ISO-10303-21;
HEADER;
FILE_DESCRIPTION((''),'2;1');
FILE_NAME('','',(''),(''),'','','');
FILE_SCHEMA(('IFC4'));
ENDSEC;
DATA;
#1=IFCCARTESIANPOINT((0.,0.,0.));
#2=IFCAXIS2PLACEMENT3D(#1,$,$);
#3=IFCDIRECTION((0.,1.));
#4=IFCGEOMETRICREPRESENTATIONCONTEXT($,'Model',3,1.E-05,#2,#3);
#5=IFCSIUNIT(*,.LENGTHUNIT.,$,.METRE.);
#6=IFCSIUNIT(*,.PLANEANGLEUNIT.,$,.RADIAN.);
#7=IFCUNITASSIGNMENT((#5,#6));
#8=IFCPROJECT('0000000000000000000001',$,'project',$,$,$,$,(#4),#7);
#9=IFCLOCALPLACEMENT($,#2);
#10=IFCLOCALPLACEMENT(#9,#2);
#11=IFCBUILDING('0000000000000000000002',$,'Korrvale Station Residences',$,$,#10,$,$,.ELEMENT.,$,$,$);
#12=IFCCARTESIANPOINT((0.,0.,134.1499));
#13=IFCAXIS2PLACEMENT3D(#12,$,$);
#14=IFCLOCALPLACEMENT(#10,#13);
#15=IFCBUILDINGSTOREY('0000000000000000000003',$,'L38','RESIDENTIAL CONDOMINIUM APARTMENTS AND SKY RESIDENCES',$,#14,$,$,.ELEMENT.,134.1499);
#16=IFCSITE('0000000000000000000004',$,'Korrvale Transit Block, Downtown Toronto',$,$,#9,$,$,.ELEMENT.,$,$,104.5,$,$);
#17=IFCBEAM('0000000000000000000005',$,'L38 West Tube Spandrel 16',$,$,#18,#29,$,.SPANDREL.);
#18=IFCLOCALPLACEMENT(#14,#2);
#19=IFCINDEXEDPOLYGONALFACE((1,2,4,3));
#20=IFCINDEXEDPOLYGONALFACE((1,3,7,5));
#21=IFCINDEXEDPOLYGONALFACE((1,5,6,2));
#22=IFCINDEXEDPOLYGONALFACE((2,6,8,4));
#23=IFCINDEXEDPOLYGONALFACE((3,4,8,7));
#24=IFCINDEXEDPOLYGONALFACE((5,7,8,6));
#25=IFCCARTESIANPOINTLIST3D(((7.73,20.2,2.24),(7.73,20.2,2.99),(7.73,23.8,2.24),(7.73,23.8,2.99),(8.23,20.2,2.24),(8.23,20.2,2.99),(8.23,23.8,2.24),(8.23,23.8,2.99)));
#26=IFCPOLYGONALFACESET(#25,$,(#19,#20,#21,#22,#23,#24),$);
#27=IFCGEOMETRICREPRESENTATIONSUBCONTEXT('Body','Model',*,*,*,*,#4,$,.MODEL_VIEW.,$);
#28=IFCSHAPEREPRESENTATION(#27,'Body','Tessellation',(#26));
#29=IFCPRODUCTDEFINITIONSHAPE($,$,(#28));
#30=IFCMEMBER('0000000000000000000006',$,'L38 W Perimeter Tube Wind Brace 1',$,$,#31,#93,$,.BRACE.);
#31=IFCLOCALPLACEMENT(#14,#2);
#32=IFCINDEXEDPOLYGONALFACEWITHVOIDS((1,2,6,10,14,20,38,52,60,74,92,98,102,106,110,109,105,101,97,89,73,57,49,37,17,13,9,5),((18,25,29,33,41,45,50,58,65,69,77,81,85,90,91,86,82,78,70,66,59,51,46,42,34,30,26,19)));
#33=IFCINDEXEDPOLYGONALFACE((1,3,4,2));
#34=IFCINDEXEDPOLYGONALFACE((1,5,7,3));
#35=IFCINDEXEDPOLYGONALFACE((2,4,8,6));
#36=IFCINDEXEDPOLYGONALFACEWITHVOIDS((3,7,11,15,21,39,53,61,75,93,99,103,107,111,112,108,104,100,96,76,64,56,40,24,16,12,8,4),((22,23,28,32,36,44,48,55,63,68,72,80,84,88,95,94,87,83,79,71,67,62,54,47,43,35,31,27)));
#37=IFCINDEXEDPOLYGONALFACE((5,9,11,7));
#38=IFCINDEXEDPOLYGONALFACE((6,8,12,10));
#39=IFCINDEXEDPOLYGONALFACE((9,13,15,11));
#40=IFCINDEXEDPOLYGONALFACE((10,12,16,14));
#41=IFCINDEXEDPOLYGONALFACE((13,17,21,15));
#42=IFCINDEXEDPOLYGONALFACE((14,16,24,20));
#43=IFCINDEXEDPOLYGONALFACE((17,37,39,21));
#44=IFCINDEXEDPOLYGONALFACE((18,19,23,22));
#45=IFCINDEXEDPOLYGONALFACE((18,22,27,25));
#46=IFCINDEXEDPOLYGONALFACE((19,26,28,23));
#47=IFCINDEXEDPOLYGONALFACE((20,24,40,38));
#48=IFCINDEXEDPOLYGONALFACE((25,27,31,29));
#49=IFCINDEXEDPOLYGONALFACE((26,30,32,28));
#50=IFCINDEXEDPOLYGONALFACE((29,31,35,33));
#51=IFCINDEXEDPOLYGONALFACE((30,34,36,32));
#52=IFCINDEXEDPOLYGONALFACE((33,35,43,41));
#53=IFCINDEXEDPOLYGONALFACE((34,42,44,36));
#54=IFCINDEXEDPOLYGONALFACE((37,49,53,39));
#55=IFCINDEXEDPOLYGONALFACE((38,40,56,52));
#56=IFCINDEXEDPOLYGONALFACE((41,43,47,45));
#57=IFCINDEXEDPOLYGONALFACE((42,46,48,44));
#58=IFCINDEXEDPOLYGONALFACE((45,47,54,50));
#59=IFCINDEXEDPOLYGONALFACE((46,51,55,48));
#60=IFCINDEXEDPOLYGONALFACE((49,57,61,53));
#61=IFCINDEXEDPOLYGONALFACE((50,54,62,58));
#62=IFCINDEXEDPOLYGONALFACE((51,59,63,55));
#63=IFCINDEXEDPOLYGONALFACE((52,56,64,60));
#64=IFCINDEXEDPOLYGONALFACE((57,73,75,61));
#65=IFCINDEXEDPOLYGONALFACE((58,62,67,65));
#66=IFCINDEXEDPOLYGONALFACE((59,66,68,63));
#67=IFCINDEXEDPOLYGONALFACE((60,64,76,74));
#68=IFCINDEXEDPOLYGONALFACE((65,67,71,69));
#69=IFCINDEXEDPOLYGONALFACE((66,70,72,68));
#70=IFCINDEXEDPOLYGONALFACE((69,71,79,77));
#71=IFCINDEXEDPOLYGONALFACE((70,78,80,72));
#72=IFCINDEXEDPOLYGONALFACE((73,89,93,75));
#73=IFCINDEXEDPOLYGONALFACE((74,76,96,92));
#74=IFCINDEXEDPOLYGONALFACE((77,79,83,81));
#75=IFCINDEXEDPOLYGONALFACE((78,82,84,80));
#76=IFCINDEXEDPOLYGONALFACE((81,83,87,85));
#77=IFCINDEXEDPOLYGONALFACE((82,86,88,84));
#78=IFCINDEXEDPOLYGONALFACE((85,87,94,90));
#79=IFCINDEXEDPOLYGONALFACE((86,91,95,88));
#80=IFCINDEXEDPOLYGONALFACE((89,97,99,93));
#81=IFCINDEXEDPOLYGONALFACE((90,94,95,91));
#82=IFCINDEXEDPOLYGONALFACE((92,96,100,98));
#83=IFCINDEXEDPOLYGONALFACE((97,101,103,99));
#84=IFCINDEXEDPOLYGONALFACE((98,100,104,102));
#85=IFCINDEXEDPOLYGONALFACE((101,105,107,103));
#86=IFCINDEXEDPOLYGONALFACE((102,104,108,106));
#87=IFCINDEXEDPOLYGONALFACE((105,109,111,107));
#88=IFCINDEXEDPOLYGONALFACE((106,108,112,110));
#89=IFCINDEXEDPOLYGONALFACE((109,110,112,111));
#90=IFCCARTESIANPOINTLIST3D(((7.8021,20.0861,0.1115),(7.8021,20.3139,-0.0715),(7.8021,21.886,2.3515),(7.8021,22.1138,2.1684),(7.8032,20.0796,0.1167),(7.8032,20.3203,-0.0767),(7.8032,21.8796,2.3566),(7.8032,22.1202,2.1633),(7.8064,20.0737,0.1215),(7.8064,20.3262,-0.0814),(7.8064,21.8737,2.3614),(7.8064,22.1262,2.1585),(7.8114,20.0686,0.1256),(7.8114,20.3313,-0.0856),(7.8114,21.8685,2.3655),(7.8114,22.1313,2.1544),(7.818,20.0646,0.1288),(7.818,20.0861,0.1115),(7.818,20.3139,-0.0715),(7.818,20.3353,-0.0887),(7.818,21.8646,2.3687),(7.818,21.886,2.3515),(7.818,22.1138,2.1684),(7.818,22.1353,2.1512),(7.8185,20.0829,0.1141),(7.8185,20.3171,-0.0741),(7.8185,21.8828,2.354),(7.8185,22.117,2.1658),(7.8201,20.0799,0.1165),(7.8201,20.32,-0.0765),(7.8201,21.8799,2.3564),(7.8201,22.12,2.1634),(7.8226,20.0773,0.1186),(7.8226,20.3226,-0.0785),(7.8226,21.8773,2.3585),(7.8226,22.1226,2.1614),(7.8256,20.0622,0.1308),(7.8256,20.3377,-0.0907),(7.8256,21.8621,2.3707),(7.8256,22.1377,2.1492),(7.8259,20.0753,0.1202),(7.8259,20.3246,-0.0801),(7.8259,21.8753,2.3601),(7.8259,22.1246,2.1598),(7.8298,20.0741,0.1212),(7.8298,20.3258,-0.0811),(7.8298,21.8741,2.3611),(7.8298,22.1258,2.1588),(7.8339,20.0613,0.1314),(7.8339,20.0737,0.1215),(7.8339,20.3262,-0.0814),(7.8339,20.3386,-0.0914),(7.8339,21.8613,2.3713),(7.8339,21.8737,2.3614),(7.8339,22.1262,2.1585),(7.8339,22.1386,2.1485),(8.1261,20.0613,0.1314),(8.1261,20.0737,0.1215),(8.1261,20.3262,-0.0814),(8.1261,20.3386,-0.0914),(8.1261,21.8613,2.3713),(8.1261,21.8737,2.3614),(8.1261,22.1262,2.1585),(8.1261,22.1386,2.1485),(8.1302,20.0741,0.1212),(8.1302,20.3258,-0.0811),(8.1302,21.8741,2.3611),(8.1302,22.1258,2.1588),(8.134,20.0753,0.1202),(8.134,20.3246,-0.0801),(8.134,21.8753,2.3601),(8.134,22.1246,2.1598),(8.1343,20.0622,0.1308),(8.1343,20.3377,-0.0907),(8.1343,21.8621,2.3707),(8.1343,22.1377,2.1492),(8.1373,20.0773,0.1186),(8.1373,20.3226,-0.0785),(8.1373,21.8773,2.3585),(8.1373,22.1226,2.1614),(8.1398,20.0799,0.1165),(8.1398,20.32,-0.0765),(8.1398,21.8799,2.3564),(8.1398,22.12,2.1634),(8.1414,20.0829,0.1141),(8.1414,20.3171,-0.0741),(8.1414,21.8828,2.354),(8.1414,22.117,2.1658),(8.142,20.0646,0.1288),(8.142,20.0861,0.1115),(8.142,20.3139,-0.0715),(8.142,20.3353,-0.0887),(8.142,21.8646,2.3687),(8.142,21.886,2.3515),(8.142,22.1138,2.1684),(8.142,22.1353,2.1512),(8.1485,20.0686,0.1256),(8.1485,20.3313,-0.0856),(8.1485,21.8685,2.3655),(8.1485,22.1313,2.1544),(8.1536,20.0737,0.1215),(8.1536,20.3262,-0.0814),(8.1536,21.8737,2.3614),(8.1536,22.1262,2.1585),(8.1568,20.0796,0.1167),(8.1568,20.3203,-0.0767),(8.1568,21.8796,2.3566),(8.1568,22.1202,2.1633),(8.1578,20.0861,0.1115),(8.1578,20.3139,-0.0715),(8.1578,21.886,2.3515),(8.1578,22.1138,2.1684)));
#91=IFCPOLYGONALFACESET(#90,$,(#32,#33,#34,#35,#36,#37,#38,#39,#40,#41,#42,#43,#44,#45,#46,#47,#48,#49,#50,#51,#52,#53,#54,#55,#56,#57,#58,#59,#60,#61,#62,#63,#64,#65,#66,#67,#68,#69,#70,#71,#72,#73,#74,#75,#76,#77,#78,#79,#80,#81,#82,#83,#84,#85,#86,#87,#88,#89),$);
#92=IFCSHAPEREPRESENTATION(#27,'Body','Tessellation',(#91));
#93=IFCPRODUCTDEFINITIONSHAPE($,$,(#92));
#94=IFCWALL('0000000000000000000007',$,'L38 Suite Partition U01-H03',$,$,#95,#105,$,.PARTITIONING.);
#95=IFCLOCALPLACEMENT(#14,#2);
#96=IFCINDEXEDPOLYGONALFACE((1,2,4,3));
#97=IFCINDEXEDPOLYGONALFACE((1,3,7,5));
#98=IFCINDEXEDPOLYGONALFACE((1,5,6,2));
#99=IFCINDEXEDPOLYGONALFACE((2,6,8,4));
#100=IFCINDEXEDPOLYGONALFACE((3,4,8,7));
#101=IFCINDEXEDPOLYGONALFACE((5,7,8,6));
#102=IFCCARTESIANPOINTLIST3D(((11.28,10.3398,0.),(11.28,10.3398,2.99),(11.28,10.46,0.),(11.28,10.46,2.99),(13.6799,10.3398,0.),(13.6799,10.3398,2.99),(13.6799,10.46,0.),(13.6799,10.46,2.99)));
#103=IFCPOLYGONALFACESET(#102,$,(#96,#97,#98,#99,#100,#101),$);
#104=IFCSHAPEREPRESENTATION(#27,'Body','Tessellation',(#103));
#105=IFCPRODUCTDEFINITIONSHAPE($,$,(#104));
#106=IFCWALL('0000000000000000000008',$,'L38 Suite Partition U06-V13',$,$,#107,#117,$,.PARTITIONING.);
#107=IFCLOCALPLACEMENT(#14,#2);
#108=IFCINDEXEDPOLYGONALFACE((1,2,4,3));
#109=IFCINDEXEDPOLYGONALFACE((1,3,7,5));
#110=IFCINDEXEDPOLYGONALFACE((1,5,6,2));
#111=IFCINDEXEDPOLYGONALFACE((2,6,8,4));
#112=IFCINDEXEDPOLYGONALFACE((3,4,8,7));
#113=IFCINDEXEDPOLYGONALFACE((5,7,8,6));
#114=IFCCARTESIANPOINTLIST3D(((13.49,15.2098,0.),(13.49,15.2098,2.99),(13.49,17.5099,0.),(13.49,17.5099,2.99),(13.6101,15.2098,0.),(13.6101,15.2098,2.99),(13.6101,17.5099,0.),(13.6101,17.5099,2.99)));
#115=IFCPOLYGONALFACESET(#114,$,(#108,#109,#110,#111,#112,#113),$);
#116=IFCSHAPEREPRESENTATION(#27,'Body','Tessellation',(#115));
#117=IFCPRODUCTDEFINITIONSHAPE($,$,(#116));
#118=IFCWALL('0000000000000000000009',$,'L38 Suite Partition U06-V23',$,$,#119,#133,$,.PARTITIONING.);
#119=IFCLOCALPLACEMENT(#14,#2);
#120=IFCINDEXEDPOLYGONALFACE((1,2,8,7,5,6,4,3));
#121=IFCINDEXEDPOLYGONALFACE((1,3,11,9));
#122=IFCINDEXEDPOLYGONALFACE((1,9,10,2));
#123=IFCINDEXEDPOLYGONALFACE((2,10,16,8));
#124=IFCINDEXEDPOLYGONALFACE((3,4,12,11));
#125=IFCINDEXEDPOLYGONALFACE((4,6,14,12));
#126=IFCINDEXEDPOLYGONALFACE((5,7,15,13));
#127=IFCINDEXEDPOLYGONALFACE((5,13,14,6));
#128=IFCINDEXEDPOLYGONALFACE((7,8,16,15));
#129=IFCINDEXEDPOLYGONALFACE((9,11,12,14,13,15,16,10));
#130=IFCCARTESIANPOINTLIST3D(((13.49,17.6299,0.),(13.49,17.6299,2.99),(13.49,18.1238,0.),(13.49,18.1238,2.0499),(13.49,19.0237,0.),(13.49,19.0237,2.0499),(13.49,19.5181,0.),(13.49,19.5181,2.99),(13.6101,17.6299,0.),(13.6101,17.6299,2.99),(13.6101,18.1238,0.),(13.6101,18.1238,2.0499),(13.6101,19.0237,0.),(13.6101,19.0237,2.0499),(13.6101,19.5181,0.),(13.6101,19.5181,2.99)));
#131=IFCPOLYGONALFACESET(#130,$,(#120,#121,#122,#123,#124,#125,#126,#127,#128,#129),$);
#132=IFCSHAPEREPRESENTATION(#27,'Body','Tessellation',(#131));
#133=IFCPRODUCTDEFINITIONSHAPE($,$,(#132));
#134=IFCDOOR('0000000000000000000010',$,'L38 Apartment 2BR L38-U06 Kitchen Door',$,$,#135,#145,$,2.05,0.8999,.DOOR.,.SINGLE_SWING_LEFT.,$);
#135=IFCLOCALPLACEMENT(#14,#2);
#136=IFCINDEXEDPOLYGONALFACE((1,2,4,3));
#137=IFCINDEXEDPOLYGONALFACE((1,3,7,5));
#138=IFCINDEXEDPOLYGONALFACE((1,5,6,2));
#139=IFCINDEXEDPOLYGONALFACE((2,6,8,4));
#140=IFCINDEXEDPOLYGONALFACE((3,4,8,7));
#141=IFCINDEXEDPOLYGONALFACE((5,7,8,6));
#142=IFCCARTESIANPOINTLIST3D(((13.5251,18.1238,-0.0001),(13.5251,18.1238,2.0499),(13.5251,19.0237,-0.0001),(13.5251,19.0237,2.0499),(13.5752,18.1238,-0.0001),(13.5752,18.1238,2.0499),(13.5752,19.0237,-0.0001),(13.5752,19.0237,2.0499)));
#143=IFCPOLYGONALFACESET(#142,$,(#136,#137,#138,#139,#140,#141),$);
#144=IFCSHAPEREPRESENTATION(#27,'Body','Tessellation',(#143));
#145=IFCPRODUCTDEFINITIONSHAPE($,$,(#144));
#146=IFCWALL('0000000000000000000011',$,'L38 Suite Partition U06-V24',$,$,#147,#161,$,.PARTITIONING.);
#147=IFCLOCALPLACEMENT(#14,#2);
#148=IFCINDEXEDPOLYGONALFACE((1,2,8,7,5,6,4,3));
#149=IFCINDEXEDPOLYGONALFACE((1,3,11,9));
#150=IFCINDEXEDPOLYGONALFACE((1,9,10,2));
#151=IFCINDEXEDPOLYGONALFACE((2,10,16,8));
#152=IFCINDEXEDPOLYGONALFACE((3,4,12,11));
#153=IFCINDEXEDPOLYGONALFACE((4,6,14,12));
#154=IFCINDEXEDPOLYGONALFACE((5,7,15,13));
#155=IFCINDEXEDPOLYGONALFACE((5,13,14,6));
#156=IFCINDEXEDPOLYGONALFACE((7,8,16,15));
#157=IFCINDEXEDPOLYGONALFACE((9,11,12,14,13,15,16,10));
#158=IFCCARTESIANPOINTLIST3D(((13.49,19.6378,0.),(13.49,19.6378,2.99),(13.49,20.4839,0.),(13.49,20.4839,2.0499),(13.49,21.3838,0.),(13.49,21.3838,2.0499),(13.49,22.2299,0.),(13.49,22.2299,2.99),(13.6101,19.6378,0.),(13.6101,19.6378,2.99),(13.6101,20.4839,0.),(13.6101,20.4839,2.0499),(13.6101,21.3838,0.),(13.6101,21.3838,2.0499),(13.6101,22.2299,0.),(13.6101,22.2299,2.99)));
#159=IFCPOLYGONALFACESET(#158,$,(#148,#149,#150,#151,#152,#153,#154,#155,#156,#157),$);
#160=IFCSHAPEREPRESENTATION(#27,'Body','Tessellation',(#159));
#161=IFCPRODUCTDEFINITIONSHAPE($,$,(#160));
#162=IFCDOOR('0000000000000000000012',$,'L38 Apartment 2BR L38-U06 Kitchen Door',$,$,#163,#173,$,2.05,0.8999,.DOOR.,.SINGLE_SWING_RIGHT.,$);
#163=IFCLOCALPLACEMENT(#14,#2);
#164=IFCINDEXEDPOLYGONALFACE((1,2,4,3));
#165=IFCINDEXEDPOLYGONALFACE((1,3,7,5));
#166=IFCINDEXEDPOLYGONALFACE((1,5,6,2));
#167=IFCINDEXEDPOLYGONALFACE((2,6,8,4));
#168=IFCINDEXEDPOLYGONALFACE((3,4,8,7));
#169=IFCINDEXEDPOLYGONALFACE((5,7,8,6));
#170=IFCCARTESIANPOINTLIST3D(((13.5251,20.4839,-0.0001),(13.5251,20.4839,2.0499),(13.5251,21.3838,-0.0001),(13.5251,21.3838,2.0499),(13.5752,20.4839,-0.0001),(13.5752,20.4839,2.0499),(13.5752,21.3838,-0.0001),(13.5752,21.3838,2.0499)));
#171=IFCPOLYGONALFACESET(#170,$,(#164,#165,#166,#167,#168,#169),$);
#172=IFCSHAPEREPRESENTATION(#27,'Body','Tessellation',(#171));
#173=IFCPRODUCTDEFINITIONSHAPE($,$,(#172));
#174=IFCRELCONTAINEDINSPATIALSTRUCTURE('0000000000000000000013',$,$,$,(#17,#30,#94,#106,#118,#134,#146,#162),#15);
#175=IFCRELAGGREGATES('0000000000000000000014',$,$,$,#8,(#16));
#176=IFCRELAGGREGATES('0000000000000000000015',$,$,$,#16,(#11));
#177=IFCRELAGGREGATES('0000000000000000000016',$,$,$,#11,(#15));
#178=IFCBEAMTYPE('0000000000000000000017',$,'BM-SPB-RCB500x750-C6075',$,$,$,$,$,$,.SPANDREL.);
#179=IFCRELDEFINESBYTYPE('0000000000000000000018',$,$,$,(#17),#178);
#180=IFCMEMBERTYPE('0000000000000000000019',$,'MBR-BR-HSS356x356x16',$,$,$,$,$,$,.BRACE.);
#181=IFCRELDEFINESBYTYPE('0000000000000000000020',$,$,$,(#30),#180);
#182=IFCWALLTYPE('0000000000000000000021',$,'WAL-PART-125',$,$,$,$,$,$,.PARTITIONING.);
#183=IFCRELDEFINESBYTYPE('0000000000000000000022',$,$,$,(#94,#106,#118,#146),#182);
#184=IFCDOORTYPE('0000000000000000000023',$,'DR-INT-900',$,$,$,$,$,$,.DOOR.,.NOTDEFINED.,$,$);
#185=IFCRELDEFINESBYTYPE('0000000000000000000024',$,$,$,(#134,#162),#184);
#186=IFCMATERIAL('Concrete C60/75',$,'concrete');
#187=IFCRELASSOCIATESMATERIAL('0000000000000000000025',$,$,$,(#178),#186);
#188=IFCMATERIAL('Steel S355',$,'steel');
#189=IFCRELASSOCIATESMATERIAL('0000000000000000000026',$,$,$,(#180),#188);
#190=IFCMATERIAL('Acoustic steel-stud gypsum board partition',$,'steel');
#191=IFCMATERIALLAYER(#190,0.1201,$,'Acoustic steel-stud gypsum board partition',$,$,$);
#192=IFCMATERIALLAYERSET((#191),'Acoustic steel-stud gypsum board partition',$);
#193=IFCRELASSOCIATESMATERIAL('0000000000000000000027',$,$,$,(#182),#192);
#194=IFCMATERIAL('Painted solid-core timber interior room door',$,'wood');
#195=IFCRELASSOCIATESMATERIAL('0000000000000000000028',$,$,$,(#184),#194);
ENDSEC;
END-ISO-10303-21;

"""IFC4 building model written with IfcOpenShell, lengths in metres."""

from ifc_helpers import new_model, si_unit, direction, frame, frame_2d, origin, origin_2d, place, context, subcontext, project, spatial, rectangle, hollow_rectangle, extrude, material, layer, layer_set, material_profile, profile_set, type_object, element, fill, save


model = new_model("IFC4")

# Units and contexts
model_context = context("Model", 3, precision=1e-05, world=origin(), true_north=direction((0.0, 1.0)))
body_context = subcontext(model_context, "Body", "Model", "MODEL_VIEW")
ifc_project = project(units=[si_unit("LENGTHUNIT", "METRE"), si_unit("PLANEANGLEUNIT", "RADIAN")], contexts=[model_context])

# Site, building, storey
site_placement = place(None, origin())
site = spatial("IfcSite", under=ifc_project, at=site_placement, Name="Korrvale Transit Block, Downtown Toronto", CompositionType="ELEMENT", RefElevation=104.5)
building_placement = place(site_placement, origin())
building = spatial("IfcBuilding", under=site, at=building_placement, Name="Korrvale Station Residences", CompositionType="ELEMENT")
storey_placement = place(building_placement, frame((0.0, 0.0, 134.1499)))
storey = spatial("IfcBuildingStorey", under=building, at=storey_placement, Name="L38", Description="RESIDENTIAL CONDOMINIUM APARTMENTS AND SKY RESIDENCES", CompositionType="ELEMENT", Elevation=134.1499)

# Shared definitions
ifc_material_1 = material(Name="Concrete C60/75", Category="concrete")

# Beam
ifc_material_2 = material(Name="Steel S355", Category="steel")
ifc_material_profile_1 = material_profile(ifc_material_1, rectangle(XDim=0.5, YDim=0.75, at=origin_2d()), Name="RCB500x750")
ifc_profile_set_1 = profile_set([ifc_material_profile_1], Name="Concrete C60/75")
beam_type_1 = type_object("IfcBeamType", Name="BM-SPB-RCB500x750-C6075", PredefinedType="SPANDREL", material=ifc_profile_set_1)
beam_1_placement = place(storey_placement, frame((7.98, 20.2, 2.615), z_axis=(0.0, 1.0, 0.0), x_axis=(-1.0, 0.0, 0.0)))
element("IfcBeam", 1, at=beam_1_placement, inside=storey, type_object=beam_type_1, Name="L38 West Tube Spandrel 16", PredefinedType="SPANDREL", context=body_context, shape_type="SweptSolid", body=[
    extrude(rectangle(XDim=0.5, YDim=0.75, at=origin_2d()), origin(), (0.0, 0.0, 1.0), 3.6001),
])

# Member
ifc_material_profile_2 = material_profile(ifc_material_2, hollow_rectangle(XDim=0.3557, YDim=0.3557, WallThickness=0.0159, InnerFilletRadius=0.0159, OuterFilletRadius=0.0317, at=origin_2d()), Name="HSS356x356x16")
ifc_profile_set_2 = profile_set([ifc_material_profile_2], Name="Steel S355")
member_type = type_object("IfcMemberType", Name="MBR-BR-HSS356x356x16", PredefinedType="BRACE", material=ifc_profile_set_2)
member_placement = place(storey_placement, frame((7.98, 20.2, 0.02), z_axis=(0.0, 0.626403, 0.779499), x_axis=(-1.0, 0.0, 0.0)))
element("IfcMember", 2, at=member_placement, inside=storey, type_object=member_type, Name="L38 W Perimeter Tube Wind Brace 1", PredefinedType="BRACE", context=body_context, shape_type="SweptSolid", body=[
    extrude(hollow_rectangle(XDim=0.3557, YDim=0.3557, WallThickness=0.0159, InnerFilletRadius=0.0159, OuterFilletRadius=0.0317, at=origin_2d()), origin(), (0.0, 0.0, 1.0), 2.8735),
])

# Walls
ifc_material_3 = material(Name="Acoustic steel-stud gypsum board partition", Category="steel")
ifc_layer_1 = layer(ifc_material_3, 0.1201, Name="Acoustic steel-stud gypsum board partition")
ifc_layer_set_1 = layer_set([ifc_layer_1], Name="Acoustic steel-stud gypsum board partition")
wall_type_1 = type_object("IfcWallType", Name="WAL-PART-125", PredefinedType="PARTITIONING", material=ifc_layer_set_1)
wall_1_placement = place(storey_placement, frame((11.28, 10.3999, 0.0), z_axis=(0.0, 0.0, 1.0), x_axis=(1.0, 0.0, 0.0)))
element("IfcWall", 3, at=wall_1_placement, inside=storey, type_object=wall_type_1, Name="L38 Suite Partition U01-H03", PredefinedType="PARTITIONING", context=body_context, shape_type="SweptSolid", body=[
    extrude(rectangle(XDim=2.3999, YDim=0.1201, at=frame_2d((1.2, 0.0))), origin(), (0.0, 0.0, 1.0), 2.99),
])
wall_2_placement = place(storey_placement, frame((13.55, 15.21, 0.0), z_axis=(0.0, 0.0, 1.0), x_axis=(0.0, 1.0, 0.0)))
element("IfcWall", 4, at=wall_2_placement, inside=storey, type_object=wall_type_1, Name="L38 Suite Partition U06-V13", PredefinedType="PARTITIONING", context=body_context, shape_type="SweptSolid", body=[
    extrude(rectangle(XDim=2.3, YDim=0.1201, at=frame_2d((1.1499, 0.0))), origin(), (0.0, 0.0, 1.0), 2.99),
])

# Walls, openings, doors
wall_3_placement = place(storey_placement, frame((13.55, 17.6299, 0.0), z_axis=(0.0, 0.0, 1.0), x_axis=(0.0, 1.0, 0.0)))
wall_3 = element("IfcWall", 5, at=wall_3_placement, inside=storey, type_object=wall_type_1, Name="L38 Suite Partition U06-V23", PredefinedType="PARTITIONING", context=body_context, shape_type="SweptSolid", body=[
    extrude(rectangle(XDim=1.8882, YDim=0.1201, at=frame_2d((0.9441, 0.0))), origin(), (0.0, 0.0, 1.0), 2.99),
])
opening_1_placement = place(wall_3_placement, frame((0.4939, 0.0, 0.0)))
opening_1 = element("IfcOpeningElement", 6, at=opening_1_placement, cuts=wall_3, PredefinedType="OPENING", context=body_context, shape_type="SweptSolid", body=[
    extrude(rectangle(XDim=0.8999, YDim=2.05, at=frame_2d((0.45, 1.0249))), frame((0.0, 0.0701, 0.0), z_axis=(0.0, -1.0, 0.0), x_axis=(1.0, 0.0, 0.0)), (0.0, 0.0, 1.0), 0.1401),
])
ifc_material_4 = material(Name="Painted solid-core timber interior room door", Category="wood")
door_type_1 = type_object("IfcDoorType", Name="DR-INT-900", OperationType="NOTDEFINED", PredefinedType="DOOR", material=ifc_material_4)
door_1_placement = place(opening_1_placement, origin())
door_1 = element("IfcDoor", 7, at=door_1_placement, inside=storey, type_object=door_type_1, Name="L38 Apartment 2BR L38-U06 Kitchen Door", OperationType="SINGLE_SWING_LEFT", OverallHeight=2.05, OverallWidth=0.8999, PredefinedType="DOOR", context=body_context, shape_type="SweptSolid", body=[
    extrude(rectangle(XDim=0.8999, YDim=2.05, at=frame_2d((0.45, 1.0249))), frame((0.0, 0.0249, 0.0), z_axis=(0.0, -1.0, 0.0), x_axis=(1.0, 0.0, 0.0)), (0.0, 0.0, 1.0), 0.05),
])
fill(opening_1, door_1)
wall_4_placement = place(storey_placement, frame((13.55, 19.6379, 0.0), z_axis=(0.0, 0.0, 1.0), x_axis=(0.0, 1.0, 0.0)))
wall_4 = element("IfcWall", 8, at=wall_4_placement, inside=storey, type_object=wall_type_1, Name="L38 Suite Partition U06-V24", PredefinedType="PARTITIONING", context=body_context, shape_type="SweptSolid", body=[
    extrude(rectangle(XDim=2.592, YDim=0.1201, at=frame_2d((1.2959, 0.0))), origin(), (0.0, 0.0, 1.0), 2.99),
])
opening_2_placement = place(wall_4_placement, frame((0.8459, 0.0, 0.0)))
opening_2 = element("IfcOpeningElement", 9, at=opening_2_placement, cuts=wall_4, PredefinedType="OPENING", context=body_context, shape_type="SweptSolid", body=[
    extrude(rectangle(XDim=0.8999, YDim=2.05, at=frame_2d((0.45, 1.0249))), frame((0.0, 0.0701, 0.0), z_axis=(0.0, -1.0, 0.0), x_axis=(1.0, 0.0, 0.0)), (0.0, 0.0, 1.0), 0.1401),
])
door_2_placement = place(opening_2_placement, origin())
door_2 = element("IfcDoor", 10, at=door_2_placement, inside=storey, type_object=door_type_1, Name="L38 Apartment 2BR L38-U06 Kitchen Door", OperationType="SINGLE_SWING_RIGHT", OverallHeight=2.05, OverallWidth=0.8999, PredefinedType="DOOR", context=body_context, shape_type="SweptSolid", body=[
    extrude(rectangle(XDim=0.8999, YDim=2.05, at=frame_2d((0.45, 1.0249))), frame((0.0, 0.0249, 0.0), z_axis=(0.0, -1.0, 0.0), x_axis=(1.0, 0.0, 0.0)), (0.0, 0.0, 1.0), 0.05),
])
fill(opening_2, door_2)

save(model, "model.ifc")
